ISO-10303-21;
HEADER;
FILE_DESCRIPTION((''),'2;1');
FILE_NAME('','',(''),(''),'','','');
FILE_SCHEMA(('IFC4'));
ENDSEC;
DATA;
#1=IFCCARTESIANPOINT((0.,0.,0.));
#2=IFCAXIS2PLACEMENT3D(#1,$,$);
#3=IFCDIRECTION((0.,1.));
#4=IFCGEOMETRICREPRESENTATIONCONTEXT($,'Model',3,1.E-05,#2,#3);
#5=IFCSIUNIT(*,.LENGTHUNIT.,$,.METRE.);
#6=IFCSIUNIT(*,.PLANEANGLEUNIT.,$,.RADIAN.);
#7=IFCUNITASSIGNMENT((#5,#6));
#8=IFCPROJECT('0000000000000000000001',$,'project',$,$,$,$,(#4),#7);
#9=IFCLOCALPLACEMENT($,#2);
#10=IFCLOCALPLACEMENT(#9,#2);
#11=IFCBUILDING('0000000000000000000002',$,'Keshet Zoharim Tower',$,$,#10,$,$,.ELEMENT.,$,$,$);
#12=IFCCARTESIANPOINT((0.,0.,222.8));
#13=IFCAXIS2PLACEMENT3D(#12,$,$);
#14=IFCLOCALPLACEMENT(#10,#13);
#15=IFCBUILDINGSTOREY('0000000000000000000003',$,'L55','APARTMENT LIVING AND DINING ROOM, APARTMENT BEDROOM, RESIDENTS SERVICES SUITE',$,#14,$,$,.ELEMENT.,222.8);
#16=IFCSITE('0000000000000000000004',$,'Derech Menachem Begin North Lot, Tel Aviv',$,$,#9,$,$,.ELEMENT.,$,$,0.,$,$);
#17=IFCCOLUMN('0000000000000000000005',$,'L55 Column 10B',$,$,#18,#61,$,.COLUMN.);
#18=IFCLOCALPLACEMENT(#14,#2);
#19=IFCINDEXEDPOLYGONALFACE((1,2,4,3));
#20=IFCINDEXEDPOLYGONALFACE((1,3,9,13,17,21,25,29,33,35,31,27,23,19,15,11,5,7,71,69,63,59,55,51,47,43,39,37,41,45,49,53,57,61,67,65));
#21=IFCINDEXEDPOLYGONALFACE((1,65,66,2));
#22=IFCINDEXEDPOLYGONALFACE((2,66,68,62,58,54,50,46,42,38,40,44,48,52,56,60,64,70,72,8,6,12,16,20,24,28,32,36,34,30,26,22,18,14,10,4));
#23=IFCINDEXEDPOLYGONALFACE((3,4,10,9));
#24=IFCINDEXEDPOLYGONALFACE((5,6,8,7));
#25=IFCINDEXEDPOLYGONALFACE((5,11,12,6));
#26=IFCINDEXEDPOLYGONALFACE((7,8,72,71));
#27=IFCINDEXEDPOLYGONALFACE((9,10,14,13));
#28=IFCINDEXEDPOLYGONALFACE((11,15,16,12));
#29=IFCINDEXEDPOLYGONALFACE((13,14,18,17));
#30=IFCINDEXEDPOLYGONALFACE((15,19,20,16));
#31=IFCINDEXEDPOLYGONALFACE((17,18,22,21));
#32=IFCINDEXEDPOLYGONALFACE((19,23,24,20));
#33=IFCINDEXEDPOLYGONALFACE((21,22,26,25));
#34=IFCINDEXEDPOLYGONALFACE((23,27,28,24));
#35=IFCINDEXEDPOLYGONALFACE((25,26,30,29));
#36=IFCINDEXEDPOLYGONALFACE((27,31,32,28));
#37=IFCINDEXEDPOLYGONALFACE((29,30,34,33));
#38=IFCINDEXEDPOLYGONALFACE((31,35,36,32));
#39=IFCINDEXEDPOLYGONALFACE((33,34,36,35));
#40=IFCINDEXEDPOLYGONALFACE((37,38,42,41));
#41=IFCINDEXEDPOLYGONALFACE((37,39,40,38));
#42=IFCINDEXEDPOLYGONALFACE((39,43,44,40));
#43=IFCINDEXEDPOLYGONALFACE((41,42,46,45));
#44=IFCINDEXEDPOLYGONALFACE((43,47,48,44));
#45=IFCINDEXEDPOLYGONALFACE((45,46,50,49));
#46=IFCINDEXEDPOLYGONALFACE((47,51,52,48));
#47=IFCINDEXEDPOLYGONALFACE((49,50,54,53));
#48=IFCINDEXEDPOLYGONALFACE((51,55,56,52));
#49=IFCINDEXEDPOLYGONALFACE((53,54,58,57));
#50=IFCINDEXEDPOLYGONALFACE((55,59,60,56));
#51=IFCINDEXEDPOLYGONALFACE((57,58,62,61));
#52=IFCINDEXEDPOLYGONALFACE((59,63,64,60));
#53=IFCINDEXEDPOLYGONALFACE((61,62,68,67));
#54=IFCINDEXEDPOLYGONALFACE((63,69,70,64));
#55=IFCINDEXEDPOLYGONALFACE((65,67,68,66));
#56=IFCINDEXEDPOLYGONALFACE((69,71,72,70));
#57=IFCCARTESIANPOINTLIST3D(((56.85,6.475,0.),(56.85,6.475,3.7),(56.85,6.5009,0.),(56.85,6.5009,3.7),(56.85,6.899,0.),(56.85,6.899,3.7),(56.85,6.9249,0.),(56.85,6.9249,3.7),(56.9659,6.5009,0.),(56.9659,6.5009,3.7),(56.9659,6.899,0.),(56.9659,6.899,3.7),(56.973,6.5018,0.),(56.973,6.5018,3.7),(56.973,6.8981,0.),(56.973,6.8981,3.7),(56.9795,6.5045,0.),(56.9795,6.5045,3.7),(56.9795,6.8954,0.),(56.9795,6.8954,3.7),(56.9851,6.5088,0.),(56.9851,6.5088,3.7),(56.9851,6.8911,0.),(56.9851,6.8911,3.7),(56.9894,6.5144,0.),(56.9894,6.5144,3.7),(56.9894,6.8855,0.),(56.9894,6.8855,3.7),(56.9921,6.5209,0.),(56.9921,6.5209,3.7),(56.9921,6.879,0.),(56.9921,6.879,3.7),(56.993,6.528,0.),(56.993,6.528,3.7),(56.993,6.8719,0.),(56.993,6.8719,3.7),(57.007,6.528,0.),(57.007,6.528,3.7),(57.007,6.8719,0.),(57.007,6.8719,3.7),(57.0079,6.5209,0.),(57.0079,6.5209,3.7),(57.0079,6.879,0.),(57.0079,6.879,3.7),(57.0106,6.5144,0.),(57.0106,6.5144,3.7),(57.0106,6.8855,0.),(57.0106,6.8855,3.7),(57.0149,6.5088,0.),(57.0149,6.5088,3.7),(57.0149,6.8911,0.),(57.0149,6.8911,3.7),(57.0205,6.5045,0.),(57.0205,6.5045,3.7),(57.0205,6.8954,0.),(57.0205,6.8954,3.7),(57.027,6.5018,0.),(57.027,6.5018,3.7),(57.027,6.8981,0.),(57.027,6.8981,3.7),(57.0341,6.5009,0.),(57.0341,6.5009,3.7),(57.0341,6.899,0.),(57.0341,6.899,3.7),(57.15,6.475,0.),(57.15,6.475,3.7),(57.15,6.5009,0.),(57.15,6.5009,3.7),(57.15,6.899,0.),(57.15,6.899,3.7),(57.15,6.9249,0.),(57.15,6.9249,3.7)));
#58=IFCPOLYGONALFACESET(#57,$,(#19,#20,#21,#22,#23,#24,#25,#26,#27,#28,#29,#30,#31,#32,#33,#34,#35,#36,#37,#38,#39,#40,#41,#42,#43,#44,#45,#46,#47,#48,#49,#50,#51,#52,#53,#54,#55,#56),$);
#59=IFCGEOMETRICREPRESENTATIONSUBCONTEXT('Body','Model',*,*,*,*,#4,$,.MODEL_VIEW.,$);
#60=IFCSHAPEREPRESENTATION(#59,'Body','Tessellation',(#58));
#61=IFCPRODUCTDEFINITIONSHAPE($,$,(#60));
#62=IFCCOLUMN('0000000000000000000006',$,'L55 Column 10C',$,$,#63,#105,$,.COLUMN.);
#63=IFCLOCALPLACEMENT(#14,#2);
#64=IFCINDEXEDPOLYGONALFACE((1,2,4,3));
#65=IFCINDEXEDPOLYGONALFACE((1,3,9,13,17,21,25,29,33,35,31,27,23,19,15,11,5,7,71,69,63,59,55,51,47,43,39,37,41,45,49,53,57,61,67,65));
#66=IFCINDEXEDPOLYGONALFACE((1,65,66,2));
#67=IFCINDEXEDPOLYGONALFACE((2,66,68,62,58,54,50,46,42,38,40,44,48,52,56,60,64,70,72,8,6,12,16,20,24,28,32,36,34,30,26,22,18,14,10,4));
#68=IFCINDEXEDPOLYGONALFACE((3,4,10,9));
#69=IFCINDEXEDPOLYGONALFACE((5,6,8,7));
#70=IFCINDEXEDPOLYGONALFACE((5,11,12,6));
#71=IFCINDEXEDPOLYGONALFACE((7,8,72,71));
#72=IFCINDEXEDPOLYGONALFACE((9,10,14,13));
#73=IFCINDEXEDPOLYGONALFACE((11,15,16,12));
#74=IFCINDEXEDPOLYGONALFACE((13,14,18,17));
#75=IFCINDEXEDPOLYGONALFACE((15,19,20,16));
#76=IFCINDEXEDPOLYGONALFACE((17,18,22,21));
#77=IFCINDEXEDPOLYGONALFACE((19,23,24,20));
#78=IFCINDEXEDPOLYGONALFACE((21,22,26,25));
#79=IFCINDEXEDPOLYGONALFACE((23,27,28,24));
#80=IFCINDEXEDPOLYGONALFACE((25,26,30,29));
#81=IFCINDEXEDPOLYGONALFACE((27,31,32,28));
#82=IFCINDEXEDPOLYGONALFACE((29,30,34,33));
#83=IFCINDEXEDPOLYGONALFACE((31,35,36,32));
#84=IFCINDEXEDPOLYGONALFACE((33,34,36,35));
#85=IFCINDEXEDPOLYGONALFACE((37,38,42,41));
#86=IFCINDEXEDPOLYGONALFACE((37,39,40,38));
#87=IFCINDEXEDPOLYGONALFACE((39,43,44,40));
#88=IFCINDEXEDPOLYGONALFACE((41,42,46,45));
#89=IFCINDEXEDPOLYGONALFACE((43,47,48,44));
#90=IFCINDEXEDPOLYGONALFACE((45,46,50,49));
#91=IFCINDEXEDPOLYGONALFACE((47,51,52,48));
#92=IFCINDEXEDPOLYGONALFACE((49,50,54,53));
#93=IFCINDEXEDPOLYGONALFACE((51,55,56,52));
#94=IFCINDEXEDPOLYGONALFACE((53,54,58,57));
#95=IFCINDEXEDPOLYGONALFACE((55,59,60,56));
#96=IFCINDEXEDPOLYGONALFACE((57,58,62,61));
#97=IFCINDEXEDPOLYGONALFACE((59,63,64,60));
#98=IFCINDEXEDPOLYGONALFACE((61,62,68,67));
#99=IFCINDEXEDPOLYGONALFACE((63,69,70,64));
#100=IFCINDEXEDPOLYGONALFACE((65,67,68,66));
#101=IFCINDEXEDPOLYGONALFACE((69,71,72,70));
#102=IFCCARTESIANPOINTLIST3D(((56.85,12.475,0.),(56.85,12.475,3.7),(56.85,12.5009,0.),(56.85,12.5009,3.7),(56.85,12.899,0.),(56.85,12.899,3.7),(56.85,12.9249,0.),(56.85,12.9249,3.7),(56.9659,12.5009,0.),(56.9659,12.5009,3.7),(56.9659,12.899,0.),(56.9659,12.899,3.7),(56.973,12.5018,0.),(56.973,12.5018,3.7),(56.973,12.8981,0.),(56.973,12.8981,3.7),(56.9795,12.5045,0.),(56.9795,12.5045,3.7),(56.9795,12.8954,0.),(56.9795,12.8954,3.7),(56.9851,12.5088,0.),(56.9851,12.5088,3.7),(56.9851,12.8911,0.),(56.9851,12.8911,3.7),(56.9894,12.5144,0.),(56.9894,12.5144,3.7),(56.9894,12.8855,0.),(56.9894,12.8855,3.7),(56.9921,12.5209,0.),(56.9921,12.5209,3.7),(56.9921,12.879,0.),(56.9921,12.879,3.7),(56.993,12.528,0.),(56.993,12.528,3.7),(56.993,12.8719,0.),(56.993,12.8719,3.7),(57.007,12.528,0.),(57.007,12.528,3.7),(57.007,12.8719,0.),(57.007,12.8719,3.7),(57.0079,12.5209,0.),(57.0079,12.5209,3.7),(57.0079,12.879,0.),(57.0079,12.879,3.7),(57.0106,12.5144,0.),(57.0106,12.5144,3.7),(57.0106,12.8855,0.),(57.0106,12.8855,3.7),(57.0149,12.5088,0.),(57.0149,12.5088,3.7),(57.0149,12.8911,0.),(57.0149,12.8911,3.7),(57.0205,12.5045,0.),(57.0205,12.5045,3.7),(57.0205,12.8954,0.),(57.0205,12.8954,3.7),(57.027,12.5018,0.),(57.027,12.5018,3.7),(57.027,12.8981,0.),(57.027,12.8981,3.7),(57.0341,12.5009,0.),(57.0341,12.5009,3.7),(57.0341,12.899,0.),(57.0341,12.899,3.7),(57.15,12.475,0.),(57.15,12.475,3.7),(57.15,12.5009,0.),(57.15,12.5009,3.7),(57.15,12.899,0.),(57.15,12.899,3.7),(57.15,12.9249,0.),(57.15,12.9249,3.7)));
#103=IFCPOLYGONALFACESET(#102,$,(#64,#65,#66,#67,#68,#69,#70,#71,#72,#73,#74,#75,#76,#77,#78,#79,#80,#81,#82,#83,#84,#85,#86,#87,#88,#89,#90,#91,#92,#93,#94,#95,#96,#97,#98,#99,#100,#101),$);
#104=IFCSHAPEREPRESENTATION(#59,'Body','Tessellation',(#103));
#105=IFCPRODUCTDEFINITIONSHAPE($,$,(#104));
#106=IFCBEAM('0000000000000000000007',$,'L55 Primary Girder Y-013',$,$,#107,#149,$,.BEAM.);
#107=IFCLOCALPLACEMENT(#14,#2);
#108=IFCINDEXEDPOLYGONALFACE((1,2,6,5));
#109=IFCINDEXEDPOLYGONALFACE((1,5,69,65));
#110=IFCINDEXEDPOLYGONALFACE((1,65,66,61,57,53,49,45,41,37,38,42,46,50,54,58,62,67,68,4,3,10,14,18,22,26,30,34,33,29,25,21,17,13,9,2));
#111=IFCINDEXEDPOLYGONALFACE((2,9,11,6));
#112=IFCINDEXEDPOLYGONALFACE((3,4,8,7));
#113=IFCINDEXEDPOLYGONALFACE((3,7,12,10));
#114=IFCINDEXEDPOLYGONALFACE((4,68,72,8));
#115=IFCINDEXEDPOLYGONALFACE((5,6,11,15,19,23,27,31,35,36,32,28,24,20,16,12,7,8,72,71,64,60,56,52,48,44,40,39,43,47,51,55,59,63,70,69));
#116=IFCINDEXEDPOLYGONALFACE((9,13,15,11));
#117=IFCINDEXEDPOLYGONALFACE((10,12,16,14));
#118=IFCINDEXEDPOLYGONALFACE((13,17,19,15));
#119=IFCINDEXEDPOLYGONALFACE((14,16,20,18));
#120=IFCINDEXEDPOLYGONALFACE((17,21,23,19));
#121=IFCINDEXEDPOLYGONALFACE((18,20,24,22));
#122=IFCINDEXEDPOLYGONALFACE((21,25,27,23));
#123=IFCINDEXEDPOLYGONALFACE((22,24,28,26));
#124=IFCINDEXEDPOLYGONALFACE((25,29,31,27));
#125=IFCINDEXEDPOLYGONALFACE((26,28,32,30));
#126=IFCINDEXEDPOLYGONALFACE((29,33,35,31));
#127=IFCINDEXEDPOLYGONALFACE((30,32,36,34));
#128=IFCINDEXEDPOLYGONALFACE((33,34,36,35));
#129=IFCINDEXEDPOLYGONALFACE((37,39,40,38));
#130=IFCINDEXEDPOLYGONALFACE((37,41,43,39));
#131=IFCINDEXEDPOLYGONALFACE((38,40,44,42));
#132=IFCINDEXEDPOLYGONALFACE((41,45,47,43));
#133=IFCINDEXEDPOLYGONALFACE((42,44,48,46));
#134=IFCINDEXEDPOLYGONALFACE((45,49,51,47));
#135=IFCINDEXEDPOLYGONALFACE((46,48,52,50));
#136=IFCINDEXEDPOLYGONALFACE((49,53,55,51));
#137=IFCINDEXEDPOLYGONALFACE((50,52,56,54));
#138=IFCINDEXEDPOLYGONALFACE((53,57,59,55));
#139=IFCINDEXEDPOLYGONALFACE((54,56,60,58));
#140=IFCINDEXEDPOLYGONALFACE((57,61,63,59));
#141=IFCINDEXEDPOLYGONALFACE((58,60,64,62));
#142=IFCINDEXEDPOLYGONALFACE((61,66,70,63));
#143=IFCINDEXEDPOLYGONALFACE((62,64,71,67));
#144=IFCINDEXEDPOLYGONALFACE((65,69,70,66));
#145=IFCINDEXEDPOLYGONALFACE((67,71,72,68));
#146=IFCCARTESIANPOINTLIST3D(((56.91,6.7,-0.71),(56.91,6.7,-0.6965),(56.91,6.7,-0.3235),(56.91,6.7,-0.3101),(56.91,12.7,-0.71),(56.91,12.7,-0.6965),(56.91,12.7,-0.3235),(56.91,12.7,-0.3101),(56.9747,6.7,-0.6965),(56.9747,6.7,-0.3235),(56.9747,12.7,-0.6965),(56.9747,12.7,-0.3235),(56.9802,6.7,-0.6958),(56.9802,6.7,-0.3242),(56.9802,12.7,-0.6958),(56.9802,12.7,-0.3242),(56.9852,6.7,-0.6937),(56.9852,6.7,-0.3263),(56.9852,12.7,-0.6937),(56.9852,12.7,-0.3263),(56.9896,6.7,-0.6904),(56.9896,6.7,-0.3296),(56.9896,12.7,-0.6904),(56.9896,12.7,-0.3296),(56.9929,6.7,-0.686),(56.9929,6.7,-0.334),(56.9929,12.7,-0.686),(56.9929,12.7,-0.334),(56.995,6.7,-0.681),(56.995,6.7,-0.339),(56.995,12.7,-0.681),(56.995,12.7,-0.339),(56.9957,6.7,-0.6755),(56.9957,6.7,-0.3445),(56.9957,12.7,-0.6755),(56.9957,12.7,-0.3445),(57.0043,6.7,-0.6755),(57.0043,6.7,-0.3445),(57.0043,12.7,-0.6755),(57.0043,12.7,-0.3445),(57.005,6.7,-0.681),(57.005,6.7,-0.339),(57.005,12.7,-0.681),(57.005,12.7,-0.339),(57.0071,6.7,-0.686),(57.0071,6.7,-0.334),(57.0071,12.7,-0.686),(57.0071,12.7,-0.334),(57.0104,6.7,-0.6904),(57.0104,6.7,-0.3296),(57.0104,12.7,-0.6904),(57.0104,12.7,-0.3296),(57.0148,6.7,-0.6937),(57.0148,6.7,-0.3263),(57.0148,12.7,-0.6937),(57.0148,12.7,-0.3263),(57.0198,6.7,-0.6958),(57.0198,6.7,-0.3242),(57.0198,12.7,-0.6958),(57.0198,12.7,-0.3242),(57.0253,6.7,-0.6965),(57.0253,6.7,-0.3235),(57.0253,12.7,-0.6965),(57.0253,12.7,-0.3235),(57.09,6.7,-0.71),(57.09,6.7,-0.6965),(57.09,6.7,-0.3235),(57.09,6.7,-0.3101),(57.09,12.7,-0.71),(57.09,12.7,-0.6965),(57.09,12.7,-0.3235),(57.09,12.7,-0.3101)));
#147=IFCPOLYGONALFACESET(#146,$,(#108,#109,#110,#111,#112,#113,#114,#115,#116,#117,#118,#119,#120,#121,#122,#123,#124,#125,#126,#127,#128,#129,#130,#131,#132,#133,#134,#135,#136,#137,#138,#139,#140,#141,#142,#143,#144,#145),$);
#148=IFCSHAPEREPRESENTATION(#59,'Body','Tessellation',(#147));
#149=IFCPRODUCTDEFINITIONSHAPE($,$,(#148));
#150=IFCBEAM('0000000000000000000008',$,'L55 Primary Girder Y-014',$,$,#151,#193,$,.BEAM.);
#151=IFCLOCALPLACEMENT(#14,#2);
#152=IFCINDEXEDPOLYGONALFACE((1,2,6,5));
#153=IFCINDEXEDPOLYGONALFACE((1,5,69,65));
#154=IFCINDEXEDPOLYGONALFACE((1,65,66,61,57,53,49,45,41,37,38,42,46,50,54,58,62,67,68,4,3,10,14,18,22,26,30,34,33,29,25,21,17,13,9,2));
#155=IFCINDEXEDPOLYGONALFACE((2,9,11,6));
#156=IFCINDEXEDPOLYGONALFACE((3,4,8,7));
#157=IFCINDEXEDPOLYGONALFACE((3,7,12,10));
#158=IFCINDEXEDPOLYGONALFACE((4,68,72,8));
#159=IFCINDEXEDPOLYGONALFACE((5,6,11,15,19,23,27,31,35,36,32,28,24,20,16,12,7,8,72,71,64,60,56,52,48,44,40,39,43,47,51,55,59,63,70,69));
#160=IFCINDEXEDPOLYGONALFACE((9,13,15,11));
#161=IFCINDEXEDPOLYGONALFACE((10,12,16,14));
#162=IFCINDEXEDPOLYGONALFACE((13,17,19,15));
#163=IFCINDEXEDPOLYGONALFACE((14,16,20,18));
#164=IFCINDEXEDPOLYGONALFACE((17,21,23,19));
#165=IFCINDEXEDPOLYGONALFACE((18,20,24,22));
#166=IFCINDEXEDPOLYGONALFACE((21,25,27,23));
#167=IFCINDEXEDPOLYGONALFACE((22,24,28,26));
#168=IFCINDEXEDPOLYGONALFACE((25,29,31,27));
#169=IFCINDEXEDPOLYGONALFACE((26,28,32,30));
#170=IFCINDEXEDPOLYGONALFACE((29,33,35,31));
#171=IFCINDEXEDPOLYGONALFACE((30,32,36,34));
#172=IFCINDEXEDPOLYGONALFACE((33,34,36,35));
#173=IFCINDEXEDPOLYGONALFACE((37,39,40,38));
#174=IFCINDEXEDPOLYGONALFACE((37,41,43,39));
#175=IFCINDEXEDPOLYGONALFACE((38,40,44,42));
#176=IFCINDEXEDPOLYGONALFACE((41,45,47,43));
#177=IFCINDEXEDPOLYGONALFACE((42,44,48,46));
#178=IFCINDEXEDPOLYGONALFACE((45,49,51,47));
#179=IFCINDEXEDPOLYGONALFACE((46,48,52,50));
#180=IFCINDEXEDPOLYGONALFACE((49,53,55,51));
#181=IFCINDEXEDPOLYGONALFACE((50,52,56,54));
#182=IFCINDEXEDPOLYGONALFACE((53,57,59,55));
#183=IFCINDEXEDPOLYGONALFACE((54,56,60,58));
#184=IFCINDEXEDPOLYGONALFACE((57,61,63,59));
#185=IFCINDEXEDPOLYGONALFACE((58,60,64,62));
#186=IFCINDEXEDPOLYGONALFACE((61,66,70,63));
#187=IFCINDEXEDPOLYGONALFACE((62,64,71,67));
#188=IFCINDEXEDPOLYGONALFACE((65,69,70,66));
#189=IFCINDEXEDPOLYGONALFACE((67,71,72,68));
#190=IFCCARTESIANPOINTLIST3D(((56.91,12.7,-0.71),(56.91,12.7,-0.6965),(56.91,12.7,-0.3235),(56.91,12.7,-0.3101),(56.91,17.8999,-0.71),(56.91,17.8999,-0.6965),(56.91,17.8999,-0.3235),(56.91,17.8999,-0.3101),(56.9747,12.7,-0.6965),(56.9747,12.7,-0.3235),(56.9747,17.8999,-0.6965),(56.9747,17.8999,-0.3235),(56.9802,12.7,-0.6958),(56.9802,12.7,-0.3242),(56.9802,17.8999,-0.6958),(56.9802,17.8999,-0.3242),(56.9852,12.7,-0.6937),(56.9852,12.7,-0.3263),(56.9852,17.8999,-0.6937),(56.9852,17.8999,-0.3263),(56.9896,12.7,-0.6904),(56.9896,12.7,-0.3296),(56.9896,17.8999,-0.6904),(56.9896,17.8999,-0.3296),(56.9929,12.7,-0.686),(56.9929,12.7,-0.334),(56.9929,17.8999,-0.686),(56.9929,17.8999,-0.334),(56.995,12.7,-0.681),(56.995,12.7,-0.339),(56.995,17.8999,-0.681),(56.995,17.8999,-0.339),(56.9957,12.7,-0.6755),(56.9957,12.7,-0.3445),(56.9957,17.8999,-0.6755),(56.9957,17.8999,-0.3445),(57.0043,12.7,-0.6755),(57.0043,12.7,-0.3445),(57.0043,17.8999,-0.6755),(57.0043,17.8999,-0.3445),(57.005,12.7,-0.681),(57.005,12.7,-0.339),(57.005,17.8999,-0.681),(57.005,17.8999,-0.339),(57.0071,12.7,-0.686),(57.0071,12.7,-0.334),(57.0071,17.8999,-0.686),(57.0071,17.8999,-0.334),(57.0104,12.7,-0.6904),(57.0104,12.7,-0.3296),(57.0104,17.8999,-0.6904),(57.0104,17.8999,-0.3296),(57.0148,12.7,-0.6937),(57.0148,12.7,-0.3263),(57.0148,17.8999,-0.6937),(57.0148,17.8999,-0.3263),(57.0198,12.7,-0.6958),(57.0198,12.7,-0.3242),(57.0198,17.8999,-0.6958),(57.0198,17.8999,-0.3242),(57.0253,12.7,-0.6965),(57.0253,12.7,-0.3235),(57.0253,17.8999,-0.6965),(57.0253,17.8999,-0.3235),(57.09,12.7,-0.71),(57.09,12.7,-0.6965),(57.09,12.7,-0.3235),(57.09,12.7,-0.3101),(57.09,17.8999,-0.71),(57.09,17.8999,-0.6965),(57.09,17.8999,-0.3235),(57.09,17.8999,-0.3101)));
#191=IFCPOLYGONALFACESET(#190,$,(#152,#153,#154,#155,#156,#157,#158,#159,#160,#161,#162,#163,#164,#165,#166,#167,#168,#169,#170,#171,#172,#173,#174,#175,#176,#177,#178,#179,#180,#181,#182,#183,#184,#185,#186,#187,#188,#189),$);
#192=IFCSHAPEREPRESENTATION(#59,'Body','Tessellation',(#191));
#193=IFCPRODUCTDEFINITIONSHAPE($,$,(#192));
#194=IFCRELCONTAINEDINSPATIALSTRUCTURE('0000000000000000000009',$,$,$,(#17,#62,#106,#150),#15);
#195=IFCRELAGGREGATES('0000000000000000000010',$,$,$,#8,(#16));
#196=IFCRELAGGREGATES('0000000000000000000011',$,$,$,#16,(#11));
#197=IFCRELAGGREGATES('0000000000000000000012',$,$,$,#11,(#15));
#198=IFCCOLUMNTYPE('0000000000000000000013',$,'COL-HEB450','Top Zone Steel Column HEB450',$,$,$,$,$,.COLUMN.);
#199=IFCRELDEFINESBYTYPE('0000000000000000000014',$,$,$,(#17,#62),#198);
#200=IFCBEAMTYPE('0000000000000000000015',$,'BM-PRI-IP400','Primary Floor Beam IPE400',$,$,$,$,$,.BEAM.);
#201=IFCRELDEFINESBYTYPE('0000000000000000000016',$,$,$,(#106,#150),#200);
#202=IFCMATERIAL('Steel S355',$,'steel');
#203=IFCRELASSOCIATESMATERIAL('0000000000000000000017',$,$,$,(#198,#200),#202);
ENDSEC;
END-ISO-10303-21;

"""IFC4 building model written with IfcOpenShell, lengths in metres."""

from ifc_helpers import new_model, si_unit, direction, frame, origin, origin_2d, place, context, subcontext, project, spatial, i_section, extrude, material, material_profile, profile_set, type_object, element, save


model = new_model("IFC4")

# Units and contexts
model_context = context("Model", 3, precision=1e-05, world=origin(), true_north=direction((0.0, 1.0)))
body_context = subcontext(model_context, "Body", "Model", "MODEL_VIEW")
ifc_project = project(units=[si_unit("LENGTHUNIT", "METRE"), si_unit("PLANEANGLEUNIT", "RADIAN")], contexts=[model_context])

# Site, building, storey
site_placement = place(None, origin())
site = spatial("IfcSite", under=ifc_project, at=site_placement, Name="Derech Menachem Begin North Lot, Tel Aviv", CompositionType="ELEMENT", RefElevation=0.0)
building_placement = place(site_placement, origin())
building = spatial("IfcBuilding", under=site, at=building_placement, Name="Keshet Zoharim Tower", CompositionType="ELEMENT")
storey_placement = place(building_placement, frame((0.0, 0.0, 222.8)))
storey = spatial("IfcBuildingStorey", under=building, at=storey_placement, Name="L55", Description="APARTMENT LIVING AND DINING ROOM, APARTMENT BEDROOM, RESIDENTS SERVICES SUITE", CompositionType="ELEMENT", Elevation=222.8)

# Columns
ifc_material_1 = material(Name="Steel S355", Category="steel")
ifc_material_profile_1 = material_profile(ifc_material_1, i_section(OverallWidth=0.3, OverallDepth=0.45, WebThickness=0.0139, FlangeThickness=0.0259, FilletRadius=0.0271, at=origin_2d()), Name="HEB450")
ifc_profile_set_1 = profile_set([ifc_material_profile_1], Name="Steel S355")
column_type = type_object("IfcColumnType", Name="COL-HEB450", Description="Top Zone Steel Column HEB450", PredefinedType="COLUMN", material=ifc_profile_set_1)
for number, where, z_axis, x_axis, name in (
    (1, (57.0, 6.7, 0.0), (0.0, 0.0, 1.0), (1.0, 0.0, 0.0), "L55 Column 10B"),
    (2, (57.0, 12.7, 0.0), (0.0, 0.0, 1.0), (1.0, 0.0, 0.0), "L55 Column 10C"),
):
    element("IfcColumn", number, at=place(storey_placement, frame(where, z_axis=z_axis, x_axis=x_axis)), inside=storey, type_object=column_type, Name=name, PredefinedType="COLUMN", context=body_context, shape_type="SweptSolid", body=[
        extrude(i_section(OverallWidth=0.3, OverallDepth=0.45, WebThickness=0.0139, FlangeThickness=0.0259, FilletRadius=0.0271, at=origin_2d()), origin(), (0.0, 0.0, 1.0), 3.7),
    ])

# Beams
ifc_material_profile_2 = material_profile(ifc_material_1, i_section(OverallWidth=0.1799, OverallDepth=0.3999, WebThickness=0.0085, FlangeThickness=0.0134, FilletRadius=0.021, at=origin_2d()), Name="IPE400")
ifc_profile_set_2 = profile_set([ifc_material_profile_2], Name="Steel S355")
beam_type = type_object("IfcBeamType", Name="BM-PRI-IP400", Description="Primary Floor Beam IPE400", PredefinedType="BEAM", material=ifc_profile_set_2)
beam_1_placement = place(storey_placement, frame((57.0, 6.7, -0.51), z_axis=(0.0, 1.0, 0.0), x_axis=(-1.0, 0.0, 0.0)))
element("IfcBeam", 3, at=beam_1_placement, inside=storey, type_object=beam_type, Name="L55 Primary Girder Y-013", PredefinedType="BEAM", context=body_context, shape_type="SweptSolid", body=[
    extrude(i_section(OverallWidth=0.1799, OverallDepth=0.3999, WebThickness=0.0085, FlangeThickness=0.0134, FilletRadius=0.021, at=origin_2d()), origin(), (0.0, 0.0, 1.0), 6.0),
])
beam_2_placement = place(storey_placement, frame((57.0, 12.7, -0.51), z_axis=(0.0, 1.0, 0.0), x_axis=(-1.0, 0.0, 0.0)))
element("IfcBeam", 4, at=beam_2_placement, inside=storey, type_object=beam_type, Name="L55 Primary Girder Y-014", PredefinedType="BEAM", context=body_context, shape_type="SweptSolid", body=[
    extrude(i_section(OverallWidth=0.1799, OverallDepth=0.3999, WebThickness=0.0085, FlangeThickness=0.0134, FilletRadius=0.021, at=origin_2d()), origin(), (0.0, 0.0, 1.0), 5.2),
])

save(model, "model.ifc")
